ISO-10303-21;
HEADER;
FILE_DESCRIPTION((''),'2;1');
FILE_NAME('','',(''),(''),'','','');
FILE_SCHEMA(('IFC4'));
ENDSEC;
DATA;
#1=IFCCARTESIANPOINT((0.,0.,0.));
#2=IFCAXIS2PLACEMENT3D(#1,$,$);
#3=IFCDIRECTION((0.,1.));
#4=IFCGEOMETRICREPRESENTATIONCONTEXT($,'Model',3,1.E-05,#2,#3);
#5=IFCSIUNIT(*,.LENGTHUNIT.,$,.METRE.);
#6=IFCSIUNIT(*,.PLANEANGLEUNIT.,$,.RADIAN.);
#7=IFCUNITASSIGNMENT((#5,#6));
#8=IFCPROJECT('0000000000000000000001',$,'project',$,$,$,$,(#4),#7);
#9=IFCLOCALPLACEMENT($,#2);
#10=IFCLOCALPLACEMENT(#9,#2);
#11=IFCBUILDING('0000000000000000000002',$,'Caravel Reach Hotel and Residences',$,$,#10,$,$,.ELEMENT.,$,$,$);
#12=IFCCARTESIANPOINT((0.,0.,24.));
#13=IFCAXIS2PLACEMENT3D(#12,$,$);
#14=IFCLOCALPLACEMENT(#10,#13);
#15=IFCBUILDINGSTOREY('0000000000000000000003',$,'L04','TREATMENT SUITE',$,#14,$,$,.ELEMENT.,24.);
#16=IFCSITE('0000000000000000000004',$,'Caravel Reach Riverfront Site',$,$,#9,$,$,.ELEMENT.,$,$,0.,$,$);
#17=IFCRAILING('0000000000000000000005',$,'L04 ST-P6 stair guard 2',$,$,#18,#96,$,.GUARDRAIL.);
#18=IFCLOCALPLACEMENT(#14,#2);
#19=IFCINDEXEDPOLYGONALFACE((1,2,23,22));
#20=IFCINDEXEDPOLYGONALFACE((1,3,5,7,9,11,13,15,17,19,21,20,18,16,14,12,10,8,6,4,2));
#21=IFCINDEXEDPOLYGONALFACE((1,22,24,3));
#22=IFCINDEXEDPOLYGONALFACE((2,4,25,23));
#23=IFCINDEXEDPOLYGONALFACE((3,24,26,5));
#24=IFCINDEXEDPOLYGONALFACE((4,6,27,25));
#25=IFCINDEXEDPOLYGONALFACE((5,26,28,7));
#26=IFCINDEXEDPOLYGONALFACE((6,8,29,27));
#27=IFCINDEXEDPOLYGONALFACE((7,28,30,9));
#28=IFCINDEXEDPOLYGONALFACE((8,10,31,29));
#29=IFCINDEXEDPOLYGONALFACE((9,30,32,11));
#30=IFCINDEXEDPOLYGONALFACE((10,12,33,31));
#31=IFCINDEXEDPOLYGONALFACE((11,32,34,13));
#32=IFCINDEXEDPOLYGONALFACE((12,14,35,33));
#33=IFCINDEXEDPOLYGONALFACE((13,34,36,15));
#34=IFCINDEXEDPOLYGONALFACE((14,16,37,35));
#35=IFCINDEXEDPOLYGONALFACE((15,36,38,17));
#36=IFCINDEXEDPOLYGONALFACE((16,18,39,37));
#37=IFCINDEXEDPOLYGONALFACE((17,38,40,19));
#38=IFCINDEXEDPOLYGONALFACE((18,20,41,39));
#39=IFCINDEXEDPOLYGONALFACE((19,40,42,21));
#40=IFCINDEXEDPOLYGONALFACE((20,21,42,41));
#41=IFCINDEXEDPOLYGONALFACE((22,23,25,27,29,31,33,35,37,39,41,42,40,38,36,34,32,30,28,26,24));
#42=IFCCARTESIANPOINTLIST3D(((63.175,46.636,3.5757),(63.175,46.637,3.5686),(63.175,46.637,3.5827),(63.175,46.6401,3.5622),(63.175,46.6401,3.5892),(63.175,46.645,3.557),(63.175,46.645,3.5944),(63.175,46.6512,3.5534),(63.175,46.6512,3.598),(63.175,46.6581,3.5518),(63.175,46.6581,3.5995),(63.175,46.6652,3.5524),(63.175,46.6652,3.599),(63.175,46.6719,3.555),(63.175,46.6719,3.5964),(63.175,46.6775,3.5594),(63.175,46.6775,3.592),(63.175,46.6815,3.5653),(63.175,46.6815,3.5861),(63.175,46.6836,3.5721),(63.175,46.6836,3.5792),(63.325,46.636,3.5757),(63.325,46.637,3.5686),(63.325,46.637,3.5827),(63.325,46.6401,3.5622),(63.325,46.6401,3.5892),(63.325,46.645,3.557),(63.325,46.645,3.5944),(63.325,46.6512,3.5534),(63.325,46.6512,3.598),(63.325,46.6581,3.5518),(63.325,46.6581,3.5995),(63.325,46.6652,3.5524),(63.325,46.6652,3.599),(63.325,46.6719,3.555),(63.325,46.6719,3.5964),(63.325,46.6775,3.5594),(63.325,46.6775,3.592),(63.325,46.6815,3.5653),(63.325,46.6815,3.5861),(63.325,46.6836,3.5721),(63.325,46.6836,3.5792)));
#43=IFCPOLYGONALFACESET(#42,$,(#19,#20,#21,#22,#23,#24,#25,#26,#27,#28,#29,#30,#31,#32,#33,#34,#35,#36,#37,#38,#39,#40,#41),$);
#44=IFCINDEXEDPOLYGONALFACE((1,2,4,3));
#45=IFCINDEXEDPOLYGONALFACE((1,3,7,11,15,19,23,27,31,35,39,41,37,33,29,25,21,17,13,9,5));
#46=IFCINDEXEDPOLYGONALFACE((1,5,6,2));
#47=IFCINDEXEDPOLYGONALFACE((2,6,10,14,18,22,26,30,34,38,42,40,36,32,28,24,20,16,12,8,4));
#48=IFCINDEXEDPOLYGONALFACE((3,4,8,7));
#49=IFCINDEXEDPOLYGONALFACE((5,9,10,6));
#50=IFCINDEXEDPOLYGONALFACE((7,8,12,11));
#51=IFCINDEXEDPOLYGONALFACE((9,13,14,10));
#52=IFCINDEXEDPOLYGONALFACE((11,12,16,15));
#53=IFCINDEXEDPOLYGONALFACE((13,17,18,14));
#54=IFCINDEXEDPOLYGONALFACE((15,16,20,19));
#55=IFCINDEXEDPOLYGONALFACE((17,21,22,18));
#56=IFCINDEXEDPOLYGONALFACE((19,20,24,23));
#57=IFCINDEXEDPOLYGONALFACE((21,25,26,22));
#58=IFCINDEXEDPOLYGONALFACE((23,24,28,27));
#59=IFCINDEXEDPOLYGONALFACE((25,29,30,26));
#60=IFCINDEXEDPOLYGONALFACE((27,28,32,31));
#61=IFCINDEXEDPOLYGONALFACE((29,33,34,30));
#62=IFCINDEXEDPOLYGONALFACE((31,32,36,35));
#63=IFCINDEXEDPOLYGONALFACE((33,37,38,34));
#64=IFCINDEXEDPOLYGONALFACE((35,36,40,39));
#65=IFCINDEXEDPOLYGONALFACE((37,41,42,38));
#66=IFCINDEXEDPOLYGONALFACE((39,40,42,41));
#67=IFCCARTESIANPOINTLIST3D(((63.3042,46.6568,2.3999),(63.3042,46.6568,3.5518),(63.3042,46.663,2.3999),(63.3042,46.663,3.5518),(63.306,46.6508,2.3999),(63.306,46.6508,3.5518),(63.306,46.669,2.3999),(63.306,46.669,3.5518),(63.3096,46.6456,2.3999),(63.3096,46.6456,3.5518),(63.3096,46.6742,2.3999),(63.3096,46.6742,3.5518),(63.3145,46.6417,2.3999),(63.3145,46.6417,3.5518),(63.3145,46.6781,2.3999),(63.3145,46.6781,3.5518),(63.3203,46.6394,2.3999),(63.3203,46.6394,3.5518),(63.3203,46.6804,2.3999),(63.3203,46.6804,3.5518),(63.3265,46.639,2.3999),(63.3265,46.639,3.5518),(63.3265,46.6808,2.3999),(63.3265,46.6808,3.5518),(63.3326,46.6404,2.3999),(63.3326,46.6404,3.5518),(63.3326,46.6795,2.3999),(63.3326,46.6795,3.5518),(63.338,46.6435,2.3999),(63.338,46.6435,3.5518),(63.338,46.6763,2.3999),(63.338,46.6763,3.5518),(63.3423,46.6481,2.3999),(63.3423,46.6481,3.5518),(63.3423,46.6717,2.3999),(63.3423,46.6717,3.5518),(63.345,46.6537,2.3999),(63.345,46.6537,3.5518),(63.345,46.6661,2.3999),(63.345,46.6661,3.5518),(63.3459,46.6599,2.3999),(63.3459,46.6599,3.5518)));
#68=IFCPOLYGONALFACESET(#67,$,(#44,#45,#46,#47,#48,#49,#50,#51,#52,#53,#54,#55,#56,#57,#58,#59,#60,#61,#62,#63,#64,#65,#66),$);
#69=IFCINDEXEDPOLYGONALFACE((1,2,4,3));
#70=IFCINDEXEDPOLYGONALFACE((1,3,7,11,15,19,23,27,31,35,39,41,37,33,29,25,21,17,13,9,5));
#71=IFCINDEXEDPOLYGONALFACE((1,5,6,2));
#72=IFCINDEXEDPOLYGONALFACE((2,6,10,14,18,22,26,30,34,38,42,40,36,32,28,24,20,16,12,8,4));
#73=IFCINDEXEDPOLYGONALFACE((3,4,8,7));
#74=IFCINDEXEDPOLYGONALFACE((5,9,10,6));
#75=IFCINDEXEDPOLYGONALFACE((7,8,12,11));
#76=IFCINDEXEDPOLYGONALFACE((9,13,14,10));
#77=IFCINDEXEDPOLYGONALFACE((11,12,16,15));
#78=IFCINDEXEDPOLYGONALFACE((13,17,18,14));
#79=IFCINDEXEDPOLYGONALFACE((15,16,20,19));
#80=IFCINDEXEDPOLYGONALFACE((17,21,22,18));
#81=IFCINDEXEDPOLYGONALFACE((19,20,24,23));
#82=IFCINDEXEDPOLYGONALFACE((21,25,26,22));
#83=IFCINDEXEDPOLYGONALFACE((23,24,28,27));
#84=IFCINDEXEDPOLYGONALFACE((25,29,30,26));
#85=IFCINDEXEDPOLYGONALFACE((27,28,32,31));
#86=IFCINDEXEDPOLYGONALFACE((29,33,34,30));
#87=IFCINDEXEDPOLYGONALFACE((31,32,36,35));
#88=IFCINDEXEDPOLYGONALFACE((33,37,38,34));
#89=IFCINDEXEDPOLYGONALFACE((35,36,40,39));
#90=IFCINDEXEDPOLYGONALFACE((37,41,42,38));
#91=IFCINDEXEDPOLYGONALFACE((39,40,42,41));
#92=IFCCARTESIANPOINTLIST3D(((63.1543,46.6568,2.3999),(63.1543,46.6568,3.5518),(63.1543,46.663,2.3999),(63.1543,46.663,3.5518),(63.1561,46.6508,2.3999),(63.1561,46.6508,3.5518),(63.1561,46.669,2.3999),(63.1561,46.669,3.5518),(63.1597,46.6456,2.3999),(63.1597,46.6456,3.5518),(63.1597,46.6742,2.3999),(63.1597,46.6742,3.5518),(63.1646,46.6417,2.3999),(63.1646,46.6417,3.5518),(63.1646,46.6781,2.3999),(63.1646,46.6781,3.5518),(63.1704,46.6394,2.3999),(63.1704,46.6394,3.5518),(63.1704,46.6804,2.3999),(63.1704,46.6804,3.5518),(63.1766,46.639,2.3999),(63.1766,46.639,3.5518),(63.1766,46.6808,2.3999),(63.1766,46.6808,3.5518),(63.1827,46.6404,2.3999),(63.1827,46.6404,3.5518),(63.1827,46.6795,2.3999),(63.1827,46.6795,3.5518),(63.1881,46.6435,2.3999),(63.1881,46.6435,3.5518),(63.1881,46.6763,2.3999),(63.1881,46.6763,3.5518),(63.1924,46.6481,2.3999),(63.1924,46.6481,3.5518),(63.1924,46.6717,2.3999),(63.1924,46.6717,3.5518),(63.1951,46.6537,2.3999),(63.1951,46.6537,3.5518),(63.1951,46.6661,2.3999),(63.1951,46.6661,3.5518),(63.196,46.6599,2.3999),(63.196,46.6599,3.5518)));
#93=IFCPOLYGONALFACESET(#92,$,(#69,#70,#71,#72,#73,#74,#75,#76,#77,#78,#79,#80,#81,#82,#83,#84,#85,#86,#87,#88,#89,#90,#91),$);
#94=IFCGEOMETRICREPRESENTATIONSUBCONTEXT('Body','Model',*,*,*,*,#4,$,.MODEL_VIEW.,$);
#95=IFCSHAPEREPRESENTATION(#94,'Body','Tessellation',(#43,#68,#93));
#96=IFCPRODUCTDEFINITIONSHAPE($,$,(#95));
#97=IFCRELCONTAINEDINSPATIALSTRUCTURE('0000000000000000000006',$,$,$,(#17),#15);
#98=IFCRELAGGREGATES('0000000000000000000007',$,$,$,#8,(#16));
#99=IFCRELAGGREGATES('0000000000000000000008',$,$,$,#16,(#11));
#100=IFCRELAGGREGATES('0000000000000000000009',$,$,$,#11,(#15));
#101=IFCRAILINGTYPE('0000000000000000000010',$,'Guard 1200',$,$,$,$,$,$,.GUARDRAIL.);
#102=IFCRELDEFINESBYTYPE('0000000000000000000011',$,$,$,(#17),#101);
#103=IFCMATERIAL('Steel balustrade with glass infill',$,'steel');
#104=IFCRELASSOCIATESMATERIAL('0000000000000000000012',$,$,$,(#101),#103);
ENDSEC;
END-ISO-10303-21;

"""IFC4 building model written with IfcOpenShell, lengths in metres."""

from ifc_helpers import new_model, si_unit, direction, frame, origin, origin_2d, place, context, subcontext, project, spatial, circle, extrude, material, type_object, element, save


model = new_model("IFC4")

# Units and contexts
model_context = context("Model", 3, precision=1e-05, world=origin(), true_north=direction((0.0, 1.0)))
body_context = subcontext(model_context, "Body", "Model", "MODEL_VIEW")
ifc_project = project(units=[si_unit("LENGTHUNIT", "METRE"), si_unit("PLANEANGLEUNIT", "RADIAN")], contexts=[model_context])

# Site, building, storey
site_placement = place(None, origin())
site = spatial("IfcSite", under=ifc_project, at=site_placement, Name="Caravel Reach Riverfront Site", CompositionType="ELEMENT", RefElevation=0.0)
building_placement = place(site_placement, origin())
building = spatial("IfcBuilding", under=site, at=building_placement, Name="Caravel Reach Hotel and Residences", CompositionType="ELEMENT")
storey_placement = place(building_placement, frame((0.0, 0.0, 24.0)))
storey = spatial("IfcBuildingStorey", under=building, at=storey_placement, Name="L04", Description="TREATMENT SUITE", CompositionType="ELEMENT", Elevation=24.0)

# Railing
ifc_material_1 = material(Name="Steel balustrade with glass infill", Category="steel")
railing_type_1 = type_object("IfcRailingType", Name="Guard 1200", PredefinedType="GUARDRAIL", material=ifc_material_1)
railing_1_placement = place(storey_placement, frame((63.325, 46.6599, 2.3999)))
element("IfcRailing", 1, at=railing_1_placement, inside=storey, type_object=railing_type_1, Name="L04 ST-P6 stair guard 2", PredefinedType="GUARDRAIL", context=body_context, shape_type="SweptSolid", body=[
    extrude(circle(Radius=0.0239, at=origin_2d()), frame((0.0, 0.0, 1.1758), z_axis=(-1.0, 0.0, 0.0), x_axis=(0.0, -1.0, 0.0)), (0.0, 0.0, 1.0), 0.1499),
    extrude(circle(Radius=0.021, at=origin_2d()), origin(), (0.0, 0.0, 1.0), 1.1519),
    extrude(circle(Radius=0.021, at=origin_2d()), frame((-0.1499, 0.0, 0.0)), (0.0, 0.0, 1.0), 1.1519),
])

save(model, "model.ifc")
